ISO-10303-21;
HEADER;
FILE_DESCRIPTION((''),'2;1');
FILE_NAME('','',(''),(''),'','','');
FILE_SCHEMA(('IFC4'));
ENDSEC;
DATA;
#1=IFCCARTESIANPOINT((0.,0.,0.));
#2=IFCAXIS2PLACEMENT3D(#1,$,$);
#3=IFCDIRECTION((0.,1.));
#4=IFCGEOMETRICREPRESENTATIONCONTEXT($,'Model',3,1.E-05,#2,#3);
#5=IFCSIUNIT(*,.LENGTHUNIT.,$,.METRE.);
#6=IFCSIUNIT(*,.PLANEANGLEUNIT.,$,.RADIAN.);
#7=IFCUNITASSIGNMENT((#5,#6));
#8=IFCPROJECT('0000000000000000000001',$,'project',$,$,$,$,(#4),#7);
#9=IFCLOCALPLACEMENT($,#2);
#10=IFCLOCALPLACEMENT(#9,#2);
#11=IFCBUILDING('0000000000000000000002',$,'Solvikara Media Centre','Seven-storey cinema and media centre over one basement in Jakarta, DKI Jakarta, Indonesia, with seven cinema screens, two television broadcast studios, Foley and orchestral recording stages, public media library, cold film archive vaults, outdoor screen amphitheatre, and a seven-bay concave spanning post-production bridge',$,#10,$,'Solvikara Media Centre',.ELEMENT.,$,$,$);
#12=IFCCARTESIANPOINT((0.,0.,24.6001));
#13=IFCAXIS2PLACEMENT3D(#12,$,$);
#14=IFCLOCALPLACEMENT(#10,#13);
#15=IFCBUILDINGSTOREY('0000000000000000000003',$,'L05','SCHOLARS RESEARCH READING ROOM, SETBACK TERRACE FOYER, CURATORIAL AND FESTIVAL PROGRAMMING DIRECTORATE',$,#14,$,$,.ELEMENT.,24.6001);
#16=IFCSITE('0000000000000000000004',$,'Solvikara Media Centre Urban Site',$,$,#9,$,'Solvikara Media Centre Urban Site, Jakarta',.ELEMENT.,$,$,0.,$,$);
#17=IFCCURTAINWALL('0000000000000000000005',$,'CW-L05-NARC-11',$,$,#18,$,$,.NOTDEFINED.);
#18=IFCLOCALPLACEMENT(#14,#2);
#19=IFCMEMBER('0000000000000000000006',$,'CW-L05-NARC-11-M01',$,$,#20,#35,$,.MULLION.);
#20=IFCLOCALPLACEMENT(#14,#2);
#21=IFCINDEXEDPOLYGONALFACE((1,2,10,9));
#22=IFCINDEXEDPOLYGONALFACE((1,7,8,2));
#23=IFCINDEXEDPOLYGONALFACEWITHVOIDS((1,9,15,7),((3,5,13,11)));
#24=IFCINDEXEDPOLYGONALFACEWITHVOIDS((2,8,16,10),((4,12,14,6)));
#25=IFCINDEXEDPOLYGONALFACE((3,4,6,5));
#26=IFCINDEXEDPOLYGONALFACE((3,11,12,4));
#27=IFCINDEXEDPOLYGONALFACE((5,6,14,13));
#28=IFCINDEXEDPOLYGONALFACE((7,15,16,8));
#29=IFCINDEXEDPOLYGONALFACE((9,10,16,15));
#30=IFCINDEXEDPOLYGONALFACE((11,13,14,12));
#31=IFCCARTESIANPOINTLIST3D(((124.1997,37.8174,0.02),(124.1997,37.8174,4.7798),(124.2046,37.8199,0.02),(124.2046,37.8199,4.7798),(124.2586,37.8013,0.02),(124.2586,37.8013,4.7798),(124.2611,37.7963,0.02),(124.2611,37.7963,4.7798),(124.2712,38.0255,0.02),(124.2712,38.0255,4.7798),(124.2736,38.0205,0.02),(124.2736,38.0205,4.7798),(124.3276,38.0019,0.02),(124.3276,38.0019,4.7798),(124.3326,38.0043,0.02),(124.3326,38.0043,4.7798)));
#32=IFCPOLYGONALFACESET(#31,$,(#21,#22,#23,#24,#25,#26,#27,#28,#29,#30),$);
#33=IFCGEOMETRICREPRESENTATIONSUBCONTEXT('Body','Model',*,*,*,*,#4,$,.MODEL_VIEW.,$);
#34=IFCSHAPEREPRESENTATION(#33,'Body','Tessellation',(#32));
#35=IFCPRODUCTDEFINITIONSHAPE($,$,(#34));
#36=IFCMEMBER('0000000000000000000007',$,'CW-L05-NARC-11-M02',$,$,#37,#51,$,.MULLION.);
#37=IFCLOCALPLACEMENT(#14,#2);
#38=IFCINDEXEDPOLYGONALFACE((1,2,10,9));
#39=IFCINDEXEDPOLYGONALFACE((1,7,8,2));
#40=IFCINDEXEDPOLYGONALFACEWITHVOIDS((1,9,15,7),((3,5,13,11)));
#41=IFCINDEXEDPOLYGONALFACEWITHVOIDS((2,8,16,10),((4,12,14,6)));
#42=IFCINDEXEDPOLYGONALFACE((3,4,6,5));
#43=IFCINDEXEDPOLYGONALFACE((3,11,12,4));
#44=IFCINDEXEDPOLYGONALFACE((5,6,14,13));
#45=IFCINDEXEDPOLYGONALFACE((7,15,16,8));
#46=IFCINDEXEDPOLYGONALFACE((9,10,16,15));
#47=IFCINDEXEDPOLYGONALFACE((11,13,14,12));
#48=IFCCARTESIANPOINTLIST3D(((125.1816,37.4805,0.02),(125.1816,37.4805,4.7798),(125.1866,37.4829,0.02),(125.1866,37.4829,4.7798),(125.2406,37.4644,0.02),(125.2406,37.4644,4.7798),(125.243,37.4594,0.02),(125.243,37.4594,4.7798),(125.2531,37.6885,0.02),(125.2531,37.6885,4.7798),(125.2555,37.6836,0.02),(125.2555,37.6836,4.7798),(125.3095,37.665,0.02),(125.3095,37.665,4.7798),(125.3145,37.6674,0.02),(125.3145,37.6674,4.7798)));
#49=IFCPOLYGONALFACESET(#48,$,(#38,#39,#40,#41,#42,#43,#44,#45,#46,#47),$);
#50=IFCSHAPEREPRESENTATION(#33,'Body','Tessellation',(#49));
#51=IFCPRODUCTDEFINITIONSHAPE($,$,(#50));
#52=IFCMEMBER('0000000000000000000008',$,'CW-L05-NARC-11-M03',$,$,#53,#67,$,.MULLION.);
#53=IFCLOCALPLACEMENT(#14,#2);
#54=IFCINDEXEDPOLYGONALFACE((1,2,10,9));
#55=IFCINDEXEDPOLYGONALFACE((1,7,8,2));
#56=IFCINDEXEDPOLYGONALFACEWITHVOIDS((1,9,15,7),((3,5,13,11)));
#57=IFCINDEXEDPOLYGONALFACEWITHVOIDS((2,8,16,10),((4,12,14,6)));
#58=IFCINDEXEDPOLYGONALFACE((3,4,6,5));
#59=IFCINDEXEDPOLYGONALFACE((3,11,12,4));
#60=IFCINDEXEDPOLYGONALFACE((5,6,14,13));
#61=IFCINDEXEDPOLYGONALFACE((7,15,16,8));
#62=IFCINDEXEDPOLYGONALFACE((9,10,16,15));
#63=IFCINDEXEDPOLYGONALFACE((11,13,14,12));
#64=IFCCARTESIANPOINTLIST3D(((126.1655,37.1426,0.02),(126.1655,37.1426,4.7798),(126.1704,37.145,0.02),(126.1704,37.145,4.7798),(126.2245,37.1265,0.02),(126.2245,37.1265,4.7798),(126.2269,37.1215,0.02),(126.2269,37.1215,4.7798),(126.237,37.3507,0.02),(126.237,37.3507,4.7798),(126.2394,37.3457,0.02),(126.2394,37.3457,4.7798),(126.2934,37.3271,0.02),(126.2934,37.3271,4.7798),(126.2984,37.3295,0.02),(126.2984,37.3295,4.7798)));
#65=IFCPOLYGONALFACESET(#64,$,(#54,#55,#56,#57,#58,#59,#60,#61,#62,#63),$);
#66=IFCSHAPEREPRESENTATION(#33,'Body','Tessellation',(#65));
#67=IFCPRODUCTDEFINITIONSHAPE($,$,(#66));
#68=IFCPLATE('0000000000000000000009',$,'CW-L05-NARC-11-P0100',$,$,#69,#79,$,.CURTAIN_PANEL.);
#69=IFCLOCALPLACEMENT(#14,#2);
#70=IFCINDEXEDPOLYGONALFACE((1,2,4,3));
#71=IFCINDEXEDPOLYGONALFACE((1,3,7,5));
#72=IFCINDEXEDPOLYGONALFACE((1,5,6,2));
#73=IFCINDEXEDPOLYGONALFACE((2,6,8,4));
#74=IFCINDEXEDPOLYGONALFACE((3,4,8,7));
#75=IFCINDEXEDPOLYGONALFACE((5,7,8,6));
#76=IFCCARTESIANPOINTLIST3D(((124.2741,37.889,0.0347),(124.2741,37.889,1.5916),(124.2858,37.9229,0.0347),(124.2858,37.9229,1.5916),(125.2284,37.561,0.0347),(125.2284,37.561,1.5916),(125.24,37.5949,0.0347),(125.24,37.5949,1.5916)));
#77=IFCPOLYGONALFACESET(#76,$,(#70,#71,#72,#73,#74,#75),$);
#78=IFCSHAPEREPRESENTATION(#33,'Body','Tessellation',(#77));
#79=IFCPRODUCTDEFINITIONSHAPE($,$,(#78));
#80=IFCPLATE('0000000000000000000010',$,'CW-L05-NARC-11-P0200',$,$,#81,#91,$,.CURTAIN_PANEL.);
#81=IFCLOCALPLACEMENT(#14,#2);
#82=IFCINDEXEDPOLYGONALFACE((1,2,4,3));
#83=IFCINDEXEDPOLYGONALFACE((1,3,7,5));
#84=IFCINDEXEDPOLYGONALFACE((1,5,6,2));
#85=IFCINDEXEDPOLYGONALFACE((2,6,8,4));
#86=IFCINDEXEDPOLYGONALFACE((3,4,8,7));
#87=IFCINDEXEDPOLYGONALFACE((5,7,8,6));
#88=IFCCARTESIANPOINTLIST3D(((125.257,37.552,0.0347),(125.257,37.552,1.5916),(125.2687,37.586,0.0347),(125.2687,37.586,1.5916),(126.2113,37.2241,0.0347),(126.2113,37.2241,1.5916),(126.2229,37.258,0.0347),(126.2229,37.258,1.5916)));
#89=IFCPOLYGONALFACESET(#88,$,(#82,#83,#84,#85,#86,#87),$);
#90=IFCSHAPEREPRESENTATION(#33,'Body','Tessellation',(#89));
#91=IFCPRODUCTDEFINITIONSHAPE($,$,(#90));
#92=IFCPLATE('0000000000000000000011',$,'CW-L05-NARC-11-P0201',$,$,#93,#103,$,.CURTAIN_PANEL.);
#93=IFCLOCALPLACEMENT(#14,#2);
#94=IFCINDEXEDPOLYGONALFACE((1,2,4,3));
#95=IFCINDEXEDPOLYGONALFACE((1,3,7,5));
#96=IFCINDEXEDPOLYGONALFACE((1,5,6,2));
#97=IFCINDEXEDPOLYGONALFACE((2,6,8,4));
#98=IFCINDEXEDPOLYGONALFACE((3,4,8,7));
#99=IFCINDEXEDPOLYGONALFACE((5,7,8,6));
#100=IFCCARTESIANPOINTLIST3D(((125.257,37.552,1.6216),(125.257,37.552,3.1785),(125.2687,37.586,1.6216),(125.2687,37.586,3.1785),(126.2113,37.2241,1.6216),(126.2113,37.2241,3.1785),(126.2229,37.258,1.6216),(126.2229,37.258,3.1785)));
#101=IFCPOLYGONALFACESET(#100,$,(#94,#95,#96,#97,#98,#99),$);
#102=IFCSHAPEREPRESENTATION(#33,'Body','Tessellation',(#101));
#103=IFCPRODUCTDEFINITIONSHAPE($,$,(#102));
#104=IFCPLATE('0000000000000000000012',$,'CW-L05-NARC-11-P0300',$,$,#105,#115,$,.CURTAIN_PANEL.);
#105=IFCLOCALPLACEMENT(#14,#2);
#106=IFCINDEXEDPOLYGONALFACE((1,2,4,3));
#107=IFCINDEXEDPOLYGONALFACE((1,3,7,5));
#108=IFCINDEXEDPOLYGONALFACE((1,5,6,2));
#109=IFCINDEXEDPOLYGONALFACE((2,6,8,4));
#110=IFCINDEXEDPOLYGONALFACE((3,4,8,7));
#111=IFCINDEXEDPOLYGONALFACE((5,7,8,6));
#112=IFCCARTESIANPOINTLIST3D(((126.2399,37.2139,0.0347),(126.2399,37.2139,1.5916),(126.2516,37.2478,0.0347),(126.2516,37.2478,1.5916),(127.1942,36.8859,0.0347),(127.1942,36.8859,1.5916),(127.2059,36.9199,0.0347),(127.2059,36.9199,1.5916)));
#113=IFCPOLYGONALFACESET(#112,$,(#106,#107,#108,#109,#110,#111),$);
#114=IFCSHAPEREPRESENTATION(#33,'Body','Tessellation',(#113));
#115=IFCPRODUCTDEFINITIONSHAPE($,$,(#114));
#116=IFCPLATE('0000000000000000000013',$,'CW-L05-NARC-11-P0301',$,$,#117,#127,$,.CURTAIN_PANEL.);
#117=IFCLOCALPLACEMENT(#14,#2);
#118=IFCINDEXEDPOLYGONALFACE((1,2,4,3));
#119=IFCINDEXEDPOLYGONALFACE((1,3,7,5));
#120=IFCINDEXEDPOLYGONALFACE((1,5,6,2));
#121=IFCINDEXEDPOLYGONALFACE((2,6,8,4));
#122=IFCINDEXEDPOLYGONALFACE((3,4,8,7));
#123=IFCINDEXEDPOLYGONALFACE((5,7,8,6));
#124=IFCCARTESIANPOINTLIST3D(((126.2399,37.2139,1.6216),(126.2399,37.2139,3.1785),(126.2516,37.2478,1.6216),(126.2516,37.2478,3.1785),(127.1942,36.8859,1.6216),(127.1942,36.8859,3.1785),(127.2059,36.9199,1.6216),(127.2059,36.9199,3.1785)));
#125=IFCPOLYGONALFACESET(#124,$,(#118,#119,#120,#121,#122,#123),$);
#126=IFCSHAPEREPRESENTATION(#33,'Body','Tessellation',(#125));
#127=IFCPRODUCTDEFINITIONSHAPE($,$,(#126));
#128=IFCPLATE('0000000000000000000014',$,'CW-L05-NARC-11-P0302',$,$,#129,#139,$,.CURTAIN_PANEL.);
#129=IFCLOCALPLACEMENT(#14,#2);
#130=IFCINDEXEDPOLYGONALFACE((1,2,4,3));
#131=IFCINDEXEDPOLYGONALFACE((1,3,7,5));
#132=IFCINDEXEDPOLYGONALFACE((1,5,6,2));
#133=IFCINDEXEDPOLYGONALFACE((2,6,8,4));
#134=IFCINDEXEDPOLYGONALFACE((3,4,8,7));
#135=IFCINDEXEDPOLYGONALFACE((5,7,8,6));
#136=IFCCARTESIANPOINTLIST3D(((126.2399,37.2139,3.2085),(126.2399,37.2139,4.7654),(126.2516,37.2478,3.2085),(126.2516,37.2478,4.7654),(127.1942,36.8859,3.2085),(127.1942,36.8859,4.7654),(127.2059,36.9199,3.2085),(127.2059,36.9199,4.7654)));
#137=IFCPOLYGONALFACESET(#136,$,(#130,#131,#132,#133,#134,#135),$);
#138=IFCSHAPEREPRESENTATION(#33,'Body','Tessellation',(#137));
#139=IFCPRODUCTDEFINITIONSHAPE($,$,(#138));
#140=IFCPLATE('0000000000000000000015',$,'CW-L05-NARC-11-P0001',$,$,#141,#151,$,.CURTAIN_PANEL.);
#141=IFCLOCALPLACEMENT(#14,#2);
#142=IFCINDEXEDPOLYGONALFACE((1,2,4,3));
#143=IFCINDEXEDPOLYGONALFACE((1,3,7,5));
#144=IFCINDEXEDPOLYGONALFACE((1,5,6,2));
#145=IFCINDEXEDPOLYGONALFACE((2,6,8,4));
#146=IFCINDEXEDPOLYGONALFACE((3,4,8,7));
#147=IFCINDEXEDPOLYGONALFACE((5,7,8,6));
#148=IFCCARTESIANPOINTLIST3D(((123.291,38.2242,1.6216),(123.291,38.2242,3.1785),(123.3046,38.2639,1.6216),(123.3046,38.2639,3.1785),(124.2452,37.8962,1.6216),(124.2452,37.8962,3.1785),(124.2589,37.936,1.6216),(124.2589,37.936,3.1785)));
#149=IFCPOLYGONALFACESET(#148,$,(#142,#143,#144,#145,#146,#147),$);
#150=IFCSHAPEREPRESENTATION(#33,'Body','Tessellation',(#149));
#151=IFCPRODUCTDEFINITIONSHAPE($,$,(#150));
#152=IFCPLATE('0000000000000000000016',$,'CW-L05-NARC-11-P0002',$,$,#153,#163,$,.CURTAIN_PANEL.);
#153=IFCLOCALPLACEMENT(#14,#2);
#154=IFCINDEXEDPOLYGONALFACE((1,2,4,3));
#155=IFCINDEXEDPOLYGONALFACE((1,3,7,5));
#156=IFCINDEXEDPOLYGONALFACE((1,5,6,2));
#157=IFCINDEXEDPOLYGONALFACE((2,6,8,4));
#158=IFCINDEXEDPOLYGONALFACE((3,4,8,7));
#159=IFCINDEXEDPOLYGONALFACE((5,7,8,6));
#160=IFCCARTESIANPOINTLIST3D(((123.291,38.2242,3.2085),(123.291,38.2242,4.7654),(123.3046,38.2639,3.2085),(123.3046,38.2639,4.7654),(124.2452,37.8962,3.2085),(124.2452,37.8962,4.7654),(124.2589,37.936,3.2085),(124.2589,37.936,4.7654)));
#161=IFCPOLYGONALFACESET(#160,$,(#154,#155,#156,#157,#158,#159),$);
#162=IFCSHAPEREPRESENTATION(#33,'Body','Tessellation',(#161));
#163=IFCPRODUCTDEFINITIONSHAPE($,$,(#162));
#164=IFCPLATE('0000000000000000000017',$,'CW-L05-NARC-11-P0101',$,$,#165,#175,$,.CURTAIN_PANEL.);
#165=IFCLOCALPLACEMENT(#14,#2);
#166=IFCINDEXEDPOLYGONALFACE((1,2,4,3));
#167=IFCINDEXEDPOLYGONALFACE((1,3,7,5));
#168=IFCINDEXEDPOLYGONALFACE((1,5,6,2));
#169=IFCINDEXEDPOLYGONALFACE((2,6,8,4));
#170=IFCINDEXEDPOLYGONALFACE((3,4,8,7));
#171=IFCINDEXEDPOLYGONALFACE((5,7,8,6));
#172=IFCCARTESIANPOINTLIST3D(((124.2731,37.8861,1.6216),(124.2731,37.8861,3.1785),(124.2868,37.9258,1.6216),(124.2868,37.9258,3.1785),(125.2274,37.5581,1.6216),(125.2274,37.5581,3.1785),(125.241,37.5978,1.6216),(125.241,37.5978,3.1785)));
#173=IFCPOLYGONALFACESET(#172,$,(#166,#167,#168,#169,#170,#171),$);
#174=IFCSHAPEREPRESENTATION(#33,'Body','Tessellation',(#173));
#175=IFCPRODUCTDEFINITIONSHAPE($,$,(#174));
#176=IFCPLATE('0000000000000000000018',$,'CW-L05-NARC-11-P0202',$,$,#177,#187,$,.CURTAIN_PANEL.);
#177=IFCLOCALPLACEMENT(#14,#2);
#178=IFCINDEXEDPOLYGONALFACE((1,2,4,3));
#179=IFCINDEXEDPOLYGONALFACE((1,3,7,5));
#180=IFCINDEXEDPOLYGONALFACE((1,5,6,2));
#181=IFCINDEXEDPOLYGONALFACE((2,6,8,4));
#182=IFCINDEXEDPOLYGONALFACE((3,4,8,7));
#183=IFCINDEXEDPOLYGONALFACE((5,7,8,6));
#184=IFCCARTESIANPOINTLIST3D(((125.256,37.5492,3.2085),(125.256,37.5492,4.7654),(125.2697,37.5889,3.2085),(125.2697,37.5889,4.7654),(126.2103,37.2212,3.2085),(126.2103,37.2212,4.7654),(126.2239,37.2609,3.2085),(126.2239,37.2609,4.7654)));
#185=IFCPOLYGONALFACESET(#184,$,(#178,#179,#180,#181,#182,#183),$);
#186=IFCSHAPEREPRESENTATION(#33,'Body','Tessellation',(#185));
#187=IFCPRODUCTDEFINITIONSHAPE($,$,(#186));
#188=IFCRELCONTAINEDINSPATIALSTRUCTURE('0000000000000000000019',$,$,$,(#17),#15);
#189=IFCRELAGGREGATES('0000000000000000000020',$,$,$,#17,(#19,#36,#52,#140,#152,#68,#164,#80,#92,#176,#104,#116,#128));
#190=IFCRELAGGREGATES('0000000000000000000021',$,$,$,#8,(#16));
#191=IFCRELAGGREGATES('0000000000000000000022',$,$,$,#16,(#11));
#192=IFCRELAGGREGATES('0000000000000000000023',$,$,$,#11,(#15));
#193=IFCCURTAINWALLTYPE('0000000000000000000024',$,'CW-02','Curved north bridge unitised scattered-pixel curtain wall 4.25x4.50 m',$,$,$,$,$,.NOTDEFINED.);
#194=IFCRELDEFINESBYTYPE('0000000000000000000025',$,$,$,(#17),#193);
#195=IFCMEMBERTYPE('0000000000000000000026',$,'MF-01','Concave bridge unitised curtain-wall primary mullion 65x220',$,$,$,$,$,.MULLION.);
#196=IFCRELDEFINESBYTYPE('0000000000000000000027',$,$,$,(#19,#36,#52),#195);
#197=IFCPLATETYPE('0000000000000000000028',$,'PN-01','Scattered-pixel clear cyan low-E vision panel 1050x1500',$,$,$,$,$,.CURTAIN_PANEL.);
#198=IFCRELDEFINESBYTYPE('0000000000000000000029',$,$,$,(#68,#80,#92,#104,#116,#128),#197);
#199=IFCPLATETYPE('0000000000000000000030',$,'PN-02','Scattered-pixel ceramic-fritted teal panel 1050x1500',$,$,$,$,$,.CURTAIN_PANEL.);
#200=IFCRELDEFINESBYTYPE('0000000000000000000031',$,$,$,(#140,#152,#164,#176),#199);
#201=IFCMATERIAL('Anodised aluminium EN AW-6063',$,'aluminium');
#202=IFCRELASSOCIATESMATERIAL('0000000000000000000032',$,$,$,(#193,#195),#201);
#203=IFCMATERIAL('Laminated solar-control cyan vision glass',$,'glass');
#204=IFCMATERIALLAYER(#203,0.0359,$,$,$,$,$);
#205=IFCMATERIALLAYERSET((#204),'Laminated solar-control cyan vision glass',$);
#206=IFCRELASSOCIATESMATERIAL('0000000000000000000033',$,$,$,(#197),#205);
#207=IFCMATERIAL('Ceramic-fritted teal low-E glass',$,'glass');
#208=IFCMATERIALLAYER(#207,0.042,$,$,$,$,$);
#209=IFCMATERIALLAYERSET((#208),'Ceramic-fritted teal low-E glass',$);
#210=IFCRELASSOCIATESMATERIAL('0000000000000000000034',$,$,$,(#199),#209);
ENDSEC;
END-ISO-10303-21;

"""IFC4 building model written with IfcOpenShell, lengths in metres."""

from ifc_helpers import new_model, si_unit, direction, frame, origin, origin_2d, place, context, subcontext, project, spatial, rectangle, hollow_rectangle, extrude, material, layer, layer_set, material_profile, profile_set, type_object, element, aggregate, save


model = new_model("IFC4")

# Units and contexts
model_context = context("Model", 3, precision=1e-05, world=origin(), true_north=direction((0.0, 1.0)))
body_context = subcontext(model_context, "Body", "Model", "MODEL_VIEW")
ifc_project = project(units=[si_unit("LENGTHUNIT", "METRE"), si_unit("PLANEANGLEUNIT", "RADIAN")], contexts=[model_context])

# Site, building, storey
site_placement = place(None, origin())
site = spatial("IfcSite", under=ifc_project, at=site_placement, Name="Solvikara Media Centre Urban Site", LongName="Solvikara Media Centre Urban Site, Jakarta", CompositionType="ELEMENT", RefElevation=0.0)
building_placement = place(site_placement, origin())
building = spatial("IfcBuilding", under=site, at=building_placement, Name="Solvikara Media Centre", Description="Seven-storey cinema and media centre over one basement in Jakarta, DKI Jakarta, Indonesia, with seven cinema screens, two television broadcast studios, Foley and orchestral recording stages, public media library, cold film archive vaults, outdoor screen amphitheatre, and a seven-bay concave spanning post-production bridge", LongName="Solvikara Media Centre", CompositionType="ELEMENT")
storey_placement = place(building_placement, frame((0.0, 0.0, 24.6001)))
storey = spatial("IfcBuildingStorey", under=building, at=storey_placement, Name="L05", Description="SCHOLARS RESEARCH READING ROOM, SETBACK TERRACE FOYER, CURATORIAL AND FESTIVAL PROGRAMMING DIRECTORATE", CompositionType="ELEMENT", Elevation=24.6001)

# Curtain wall, members, plates
ifc_material_1 = material(Name="Anodised aluminium EN AW-6063", Category="aluminium")
curtain_wall_type = type_object("IfcCurtainWallType", Name="CW-02", Description="Curved north bridge unitised scattered-pixel curtain wall 4.25x4.50 m", PredefinedType="NOTDEFINED", material=ifc_material_1)
curtain_wall_placement = place(storey_placement, origin())
curtain_wall = element("IfcCurtainWall", 1, at=curtain_wall_placement, inside=storey, type_object=curtain_wall_type, Name="CW-L05-NARC-11", PredefinedType="NOTDEFINED")
ifc_material_profile = material_profile(ifc_material_1, hollow_rectangle(XDim=0.0649, YDim=0.22, WallThickness=0.0039, at=origin_2d()), Name="ALU-M 65x220x4")
ifc_profile_set = profile_set([ifc_material_profile], Name="Anodised aluminium EN AW-6063")
member_type = type_object("IfcMemberType", Name="MF-01", Description="Concave bridge unitised curtain-wall primary mullion 65x220", PredefinedType="MULLION", material=ifc_profile_set)
member_1_placement = place(storey_placement, frame((124.2661, 37.9109, 0.02), z_axis=(0.0, 0.0, 1.0), x_axis=(0.945706, -0.325024, 0.0)))
member_1 = element("IfcMember", 2, at=member_1_placement, type_object=member_type, Name="CW-L05-NARC-11-M01", PredefinedType="MULLION", context=body_context, shape_type="SweptSolid", body=[
    extrude(hollow_rectangle(XDim=0.0649, YDim=0.22, WallThickness=0.0039, at=origin_2d()), origin(), (0.0, 0.0, 1.0), 4.7598),
])
member_2_placement = place(storey_placement, frame((125.248, 37.574, 0.02), z_axis=(0.0, 0.0, 1.0), x_axis=(0.945706, -0.325024, 0.0)))
member_2 = element("IfcMember", 3, at=member_2_placement, type_object=member_type, Name="CW-L05-NARC-11-M02", PredefinedType="MULLION", context=body_context, shape_type="SweptSolid", body=[
    extrude(hollow_rectangle(XDim=0.0649, YDim=0.22, WallThickness=0.0039, at=origin_2d()), origin(), (0.0, 0.0, 1.0), 4.7598),
])
member_3_placement = place(storey_placement, frame((126.2319, 37.2361, 0.02), z_axis=(0.0, 0.0, 1.0), x_axis=(0.945706, -0.325024, 0.0)))
member_3 = element("IfcMember", 4, at=member_3_placement, type_object=member_type, Name="CW-L05-NARC-11-M03", PredefinedType="MULLION", context=body_context, shape_type="SweptSolid", body=[
    extrude(hollow_rectangle(XDim=0.0649, YDim=0.22, WallThickness=0.0039, at=origin_2d()), origin(), (0.0, 0.0, 1.0), 4.7598),
])
ifc_material_2 = material(Name="Laminated solar-control cyan vision glass", Category="glass")
ifc_layer_1 = layer(ifc_material_2, 0.0359)
ifc_layer_set_1 = layer_set([ifc_layer_1], Name="Laminated solar-control cyan vision glass")
plate_type_1 = type_object("IfcPlateType", Name="PN-01", Description="Scattered-pixel clear cyan low-E vision panel 1050x1500", PredefinedType="CURTAIN_PANEL", material=ifc_layer_set_1)
plate_1_placement = place(storey_placement, frame((124.7571, 37.7419, 0.0347), z_axis=(0.0, 0.0, 1.0), x_axis=(0.945706, -0.325024, 0.0)))
plate_1 = element("IfcPlate", 5, at=plate_1_placement, type_object=plate_type_1, Name="CW-L05-NARC-11-P0100", PredefinedType="CURTAIN_PANEL", context=body_context, shape_type="SweptSolid", body=[
    extrude(rectangle(XDim=1.009, YDim=0.0359, at=origin_2d()), origin(), (0.0, 0.0, 1.0), 1.5569),
])
plate_2_placement = place(storey_placement, frame((125.74, 37.405, 0.0347), z_axis=(0.0, 0.0, 1.0), x_axis=(0.945706, -0.325024, 0.0)))
plate_2 = element("IfcPlate", 6, at=plate_2_placement, type_object=plate_type_1, Name="CW-L05-NARC-11-P0200", PredefinedType="CURTAIN_PANEL", context=body_context, shape_type="SweptSolid", body=[
    extrude(rectangle(XDim=1.009, YDim=0.0359, at=origin_2d()), origin(), (0.0, 0.0, 1.0), 1.5569),
])
plate_3_placement = place(storey_placement, frame((125.74, 37.405, 1.6216), z_axis=(0.0, 0.0, 1.0), x_axis=(0.945706, -0.325024, 0.0)))
plate_3 = element("IfcPlate", 7, at=plate_3_placement, type_object=plate_type_1, Name="CW-L05-NARC-11-P0201", PredefinedType="CURTAIN_PANEL", context=body_context, shape_type="SweptSolid", body=[
    extrude(rectangle(XDim=1.009, YDim=0.0359, at=origin_2d()), origin(), (0.0, 0.0, 1.0), 1.5569),
])
plate_4_placement = place(storey_placement, frame((126.7229, 37.0669, 0.0347), z_axis=(0.0, 0.0, 1.0), x_axis=(0.945706, -0.325024, 0.0)))
plate_4 = element("IfcPlate", 8, at=plate_4_placement, type_object=plate_type_1, Name="CW-L05-NARC-11-P0300", PredefinedType="CURTAIN_PANEL", context=body_context, shape_type="SweptSolid", body=[
    extrude(rectangle(XDim=1.009, YDim=0.0359, at=origin_2d()), origin(), (0.0, 0.0, 1.0), 1.5569),
])
plate_5_placement = place(storey_placement, frame((126.7229, 37.0669, 1.6216), z_axis=(0.0, 0.0, 1.0), x_axis=(0.945706, -0.325024, 0.0)))
plate_5 = element("IfcPlate", 9, at=plate_5_placement, type_object=plate_type_1, Name="CW-L05-NARC-11-P0301", PredefinedType="CURTAIN_PANEL", context=body_context, shape_type="SweptSolid", body=[
    extrude(rectangle(XDim=1.009, YDim=0.0359, at=origin_2d()), origin(), (0.0, 0.0, 1.0), 1.5569),
])
plate_6_placement = place(storey_placement, frame((126.7229, 37.0669, 3.2085), z_axis=(0.0, 0.0, 1.0), x_axis=(0.945706, -0.325024, 0.0)))
plate_6 = element("IfcPlate", 10, at=plate_6_placement, type_object=plate_type_1, Name="CW-L05-NARC-11-P0302", PredefinedType="CURTAIN_PANEL", context=body_context, shape_type="SweptSolid", body=[
    extrude(rectangle(XDim=1.009, YDim=0.0359, at=origin_2d()), origin(), (0.0, 0.0, 1.0), 1.5569),
])
ifc_material_3 = material(Name="Ceramic-fritted teal low-E glass", Category="glass")
ifc_layer_2 = layer(ifc_material_3, 0.042)
ifc_layer_set_2 = layer_set([ifc_layer_2], Name="Ceramic-fritted teal low-E glass")
plate_type_2 = type_object("IfcPlateType", Name="PN-02", Description="Scattered-pixel ceramic-fritted teal panel 1050x1500", PredefinedType="CURTAIN_PANEL", material=ifc_layer_set_2)
plate_7_placement = place(storey_placement, frame((123.7749, 38.0801, 1.6216), z_axis=(0.0, 0.0, 1.0), x_axis=(0.945706, -0.325024, 0.0)))
plate_7 = element("IfcPlate", 11, at=plate_7_placement, type_object=plate_type_2, Name="CW-L05-NARC-11-P0001", PredefinedType="CURTAIN_PANEL", context=body_context, shape_type="SweptSolid", body=[
    extrude(rectangle(XDim=1.009, YDim=0.042, at=origin_2d()), origin(), (0.0, 0.0, 1.0), 1.5569),
])
plate_8_placement = place(storey_placement, frame((123.7749, 38.0801, 3.2085), z_axis=(0.0, 0.0, 1.0), x_axis=(0.945706, -0.325024, 0.0)))
plate_8 = element("IfcPlate", 12, at=plate_8_placement, type_object=plate_type_2, Name="CW-L05-NARC-11-P0002", PredefinedType="CURTAIN_PANEL", context=body_context, shape_type="SweptSolid", body=[
    extrude(rectangle(XDim=1.009, YDim=0.042, at=origin_2d()), origin(), (0.0, 0.0, 1.0), 1.5569),
])
plate_9_placement = place(storey_placement, frame((124.7571, 37.7419, 1.6216), z_axis=(0.0, 0.0, 1.0), x_axis=(0.945706, -0.325024, 0.0)))
plate_9 = element("IfcPlate", 13, at=plate_9_placement, type_object=plate_type_2, Name="CW-L05-NARC-11-P0101", PredefinedType="CURTAIN_PANEL", context=body_context, shape_type="SweptSolid", body=[
    extrude(rectangle(XDim=1.009, YDim=0.042, at=origin_2d()), origin(), (0.0, 0.0, 1.0), 1.5569),
])
plate_10_placement = place(storey_placement, frame((125.74, 37.405, 3.2085), z_axis=(0.0, 0.0, 1.0), x_axis=(0.945706, -0.325024, 0.0)))
plate_10 = element("IfcPlate", 14, at=plate_10_placement, type_object=plate_type_2, Name="CW-L05-NARC-11-P0202", PredefinedType="CURTAIN_PANEL", context=body_context, shape_type="SweptSolid", body=[
    extrude(rectangle(XDim=1.009, YDim=0.042, at=origin_2d()), origin(), (0.0, 0.0, 1.0), 1.5569),
])
aggregate(curtain_wall, [member_1, member_2, member_3, plate_7, plate_8, plate_1, plate_9, plate_2, plate_3, plate_10, plate_4, plate_5, plate_6])

save(model, "model.ifc")
